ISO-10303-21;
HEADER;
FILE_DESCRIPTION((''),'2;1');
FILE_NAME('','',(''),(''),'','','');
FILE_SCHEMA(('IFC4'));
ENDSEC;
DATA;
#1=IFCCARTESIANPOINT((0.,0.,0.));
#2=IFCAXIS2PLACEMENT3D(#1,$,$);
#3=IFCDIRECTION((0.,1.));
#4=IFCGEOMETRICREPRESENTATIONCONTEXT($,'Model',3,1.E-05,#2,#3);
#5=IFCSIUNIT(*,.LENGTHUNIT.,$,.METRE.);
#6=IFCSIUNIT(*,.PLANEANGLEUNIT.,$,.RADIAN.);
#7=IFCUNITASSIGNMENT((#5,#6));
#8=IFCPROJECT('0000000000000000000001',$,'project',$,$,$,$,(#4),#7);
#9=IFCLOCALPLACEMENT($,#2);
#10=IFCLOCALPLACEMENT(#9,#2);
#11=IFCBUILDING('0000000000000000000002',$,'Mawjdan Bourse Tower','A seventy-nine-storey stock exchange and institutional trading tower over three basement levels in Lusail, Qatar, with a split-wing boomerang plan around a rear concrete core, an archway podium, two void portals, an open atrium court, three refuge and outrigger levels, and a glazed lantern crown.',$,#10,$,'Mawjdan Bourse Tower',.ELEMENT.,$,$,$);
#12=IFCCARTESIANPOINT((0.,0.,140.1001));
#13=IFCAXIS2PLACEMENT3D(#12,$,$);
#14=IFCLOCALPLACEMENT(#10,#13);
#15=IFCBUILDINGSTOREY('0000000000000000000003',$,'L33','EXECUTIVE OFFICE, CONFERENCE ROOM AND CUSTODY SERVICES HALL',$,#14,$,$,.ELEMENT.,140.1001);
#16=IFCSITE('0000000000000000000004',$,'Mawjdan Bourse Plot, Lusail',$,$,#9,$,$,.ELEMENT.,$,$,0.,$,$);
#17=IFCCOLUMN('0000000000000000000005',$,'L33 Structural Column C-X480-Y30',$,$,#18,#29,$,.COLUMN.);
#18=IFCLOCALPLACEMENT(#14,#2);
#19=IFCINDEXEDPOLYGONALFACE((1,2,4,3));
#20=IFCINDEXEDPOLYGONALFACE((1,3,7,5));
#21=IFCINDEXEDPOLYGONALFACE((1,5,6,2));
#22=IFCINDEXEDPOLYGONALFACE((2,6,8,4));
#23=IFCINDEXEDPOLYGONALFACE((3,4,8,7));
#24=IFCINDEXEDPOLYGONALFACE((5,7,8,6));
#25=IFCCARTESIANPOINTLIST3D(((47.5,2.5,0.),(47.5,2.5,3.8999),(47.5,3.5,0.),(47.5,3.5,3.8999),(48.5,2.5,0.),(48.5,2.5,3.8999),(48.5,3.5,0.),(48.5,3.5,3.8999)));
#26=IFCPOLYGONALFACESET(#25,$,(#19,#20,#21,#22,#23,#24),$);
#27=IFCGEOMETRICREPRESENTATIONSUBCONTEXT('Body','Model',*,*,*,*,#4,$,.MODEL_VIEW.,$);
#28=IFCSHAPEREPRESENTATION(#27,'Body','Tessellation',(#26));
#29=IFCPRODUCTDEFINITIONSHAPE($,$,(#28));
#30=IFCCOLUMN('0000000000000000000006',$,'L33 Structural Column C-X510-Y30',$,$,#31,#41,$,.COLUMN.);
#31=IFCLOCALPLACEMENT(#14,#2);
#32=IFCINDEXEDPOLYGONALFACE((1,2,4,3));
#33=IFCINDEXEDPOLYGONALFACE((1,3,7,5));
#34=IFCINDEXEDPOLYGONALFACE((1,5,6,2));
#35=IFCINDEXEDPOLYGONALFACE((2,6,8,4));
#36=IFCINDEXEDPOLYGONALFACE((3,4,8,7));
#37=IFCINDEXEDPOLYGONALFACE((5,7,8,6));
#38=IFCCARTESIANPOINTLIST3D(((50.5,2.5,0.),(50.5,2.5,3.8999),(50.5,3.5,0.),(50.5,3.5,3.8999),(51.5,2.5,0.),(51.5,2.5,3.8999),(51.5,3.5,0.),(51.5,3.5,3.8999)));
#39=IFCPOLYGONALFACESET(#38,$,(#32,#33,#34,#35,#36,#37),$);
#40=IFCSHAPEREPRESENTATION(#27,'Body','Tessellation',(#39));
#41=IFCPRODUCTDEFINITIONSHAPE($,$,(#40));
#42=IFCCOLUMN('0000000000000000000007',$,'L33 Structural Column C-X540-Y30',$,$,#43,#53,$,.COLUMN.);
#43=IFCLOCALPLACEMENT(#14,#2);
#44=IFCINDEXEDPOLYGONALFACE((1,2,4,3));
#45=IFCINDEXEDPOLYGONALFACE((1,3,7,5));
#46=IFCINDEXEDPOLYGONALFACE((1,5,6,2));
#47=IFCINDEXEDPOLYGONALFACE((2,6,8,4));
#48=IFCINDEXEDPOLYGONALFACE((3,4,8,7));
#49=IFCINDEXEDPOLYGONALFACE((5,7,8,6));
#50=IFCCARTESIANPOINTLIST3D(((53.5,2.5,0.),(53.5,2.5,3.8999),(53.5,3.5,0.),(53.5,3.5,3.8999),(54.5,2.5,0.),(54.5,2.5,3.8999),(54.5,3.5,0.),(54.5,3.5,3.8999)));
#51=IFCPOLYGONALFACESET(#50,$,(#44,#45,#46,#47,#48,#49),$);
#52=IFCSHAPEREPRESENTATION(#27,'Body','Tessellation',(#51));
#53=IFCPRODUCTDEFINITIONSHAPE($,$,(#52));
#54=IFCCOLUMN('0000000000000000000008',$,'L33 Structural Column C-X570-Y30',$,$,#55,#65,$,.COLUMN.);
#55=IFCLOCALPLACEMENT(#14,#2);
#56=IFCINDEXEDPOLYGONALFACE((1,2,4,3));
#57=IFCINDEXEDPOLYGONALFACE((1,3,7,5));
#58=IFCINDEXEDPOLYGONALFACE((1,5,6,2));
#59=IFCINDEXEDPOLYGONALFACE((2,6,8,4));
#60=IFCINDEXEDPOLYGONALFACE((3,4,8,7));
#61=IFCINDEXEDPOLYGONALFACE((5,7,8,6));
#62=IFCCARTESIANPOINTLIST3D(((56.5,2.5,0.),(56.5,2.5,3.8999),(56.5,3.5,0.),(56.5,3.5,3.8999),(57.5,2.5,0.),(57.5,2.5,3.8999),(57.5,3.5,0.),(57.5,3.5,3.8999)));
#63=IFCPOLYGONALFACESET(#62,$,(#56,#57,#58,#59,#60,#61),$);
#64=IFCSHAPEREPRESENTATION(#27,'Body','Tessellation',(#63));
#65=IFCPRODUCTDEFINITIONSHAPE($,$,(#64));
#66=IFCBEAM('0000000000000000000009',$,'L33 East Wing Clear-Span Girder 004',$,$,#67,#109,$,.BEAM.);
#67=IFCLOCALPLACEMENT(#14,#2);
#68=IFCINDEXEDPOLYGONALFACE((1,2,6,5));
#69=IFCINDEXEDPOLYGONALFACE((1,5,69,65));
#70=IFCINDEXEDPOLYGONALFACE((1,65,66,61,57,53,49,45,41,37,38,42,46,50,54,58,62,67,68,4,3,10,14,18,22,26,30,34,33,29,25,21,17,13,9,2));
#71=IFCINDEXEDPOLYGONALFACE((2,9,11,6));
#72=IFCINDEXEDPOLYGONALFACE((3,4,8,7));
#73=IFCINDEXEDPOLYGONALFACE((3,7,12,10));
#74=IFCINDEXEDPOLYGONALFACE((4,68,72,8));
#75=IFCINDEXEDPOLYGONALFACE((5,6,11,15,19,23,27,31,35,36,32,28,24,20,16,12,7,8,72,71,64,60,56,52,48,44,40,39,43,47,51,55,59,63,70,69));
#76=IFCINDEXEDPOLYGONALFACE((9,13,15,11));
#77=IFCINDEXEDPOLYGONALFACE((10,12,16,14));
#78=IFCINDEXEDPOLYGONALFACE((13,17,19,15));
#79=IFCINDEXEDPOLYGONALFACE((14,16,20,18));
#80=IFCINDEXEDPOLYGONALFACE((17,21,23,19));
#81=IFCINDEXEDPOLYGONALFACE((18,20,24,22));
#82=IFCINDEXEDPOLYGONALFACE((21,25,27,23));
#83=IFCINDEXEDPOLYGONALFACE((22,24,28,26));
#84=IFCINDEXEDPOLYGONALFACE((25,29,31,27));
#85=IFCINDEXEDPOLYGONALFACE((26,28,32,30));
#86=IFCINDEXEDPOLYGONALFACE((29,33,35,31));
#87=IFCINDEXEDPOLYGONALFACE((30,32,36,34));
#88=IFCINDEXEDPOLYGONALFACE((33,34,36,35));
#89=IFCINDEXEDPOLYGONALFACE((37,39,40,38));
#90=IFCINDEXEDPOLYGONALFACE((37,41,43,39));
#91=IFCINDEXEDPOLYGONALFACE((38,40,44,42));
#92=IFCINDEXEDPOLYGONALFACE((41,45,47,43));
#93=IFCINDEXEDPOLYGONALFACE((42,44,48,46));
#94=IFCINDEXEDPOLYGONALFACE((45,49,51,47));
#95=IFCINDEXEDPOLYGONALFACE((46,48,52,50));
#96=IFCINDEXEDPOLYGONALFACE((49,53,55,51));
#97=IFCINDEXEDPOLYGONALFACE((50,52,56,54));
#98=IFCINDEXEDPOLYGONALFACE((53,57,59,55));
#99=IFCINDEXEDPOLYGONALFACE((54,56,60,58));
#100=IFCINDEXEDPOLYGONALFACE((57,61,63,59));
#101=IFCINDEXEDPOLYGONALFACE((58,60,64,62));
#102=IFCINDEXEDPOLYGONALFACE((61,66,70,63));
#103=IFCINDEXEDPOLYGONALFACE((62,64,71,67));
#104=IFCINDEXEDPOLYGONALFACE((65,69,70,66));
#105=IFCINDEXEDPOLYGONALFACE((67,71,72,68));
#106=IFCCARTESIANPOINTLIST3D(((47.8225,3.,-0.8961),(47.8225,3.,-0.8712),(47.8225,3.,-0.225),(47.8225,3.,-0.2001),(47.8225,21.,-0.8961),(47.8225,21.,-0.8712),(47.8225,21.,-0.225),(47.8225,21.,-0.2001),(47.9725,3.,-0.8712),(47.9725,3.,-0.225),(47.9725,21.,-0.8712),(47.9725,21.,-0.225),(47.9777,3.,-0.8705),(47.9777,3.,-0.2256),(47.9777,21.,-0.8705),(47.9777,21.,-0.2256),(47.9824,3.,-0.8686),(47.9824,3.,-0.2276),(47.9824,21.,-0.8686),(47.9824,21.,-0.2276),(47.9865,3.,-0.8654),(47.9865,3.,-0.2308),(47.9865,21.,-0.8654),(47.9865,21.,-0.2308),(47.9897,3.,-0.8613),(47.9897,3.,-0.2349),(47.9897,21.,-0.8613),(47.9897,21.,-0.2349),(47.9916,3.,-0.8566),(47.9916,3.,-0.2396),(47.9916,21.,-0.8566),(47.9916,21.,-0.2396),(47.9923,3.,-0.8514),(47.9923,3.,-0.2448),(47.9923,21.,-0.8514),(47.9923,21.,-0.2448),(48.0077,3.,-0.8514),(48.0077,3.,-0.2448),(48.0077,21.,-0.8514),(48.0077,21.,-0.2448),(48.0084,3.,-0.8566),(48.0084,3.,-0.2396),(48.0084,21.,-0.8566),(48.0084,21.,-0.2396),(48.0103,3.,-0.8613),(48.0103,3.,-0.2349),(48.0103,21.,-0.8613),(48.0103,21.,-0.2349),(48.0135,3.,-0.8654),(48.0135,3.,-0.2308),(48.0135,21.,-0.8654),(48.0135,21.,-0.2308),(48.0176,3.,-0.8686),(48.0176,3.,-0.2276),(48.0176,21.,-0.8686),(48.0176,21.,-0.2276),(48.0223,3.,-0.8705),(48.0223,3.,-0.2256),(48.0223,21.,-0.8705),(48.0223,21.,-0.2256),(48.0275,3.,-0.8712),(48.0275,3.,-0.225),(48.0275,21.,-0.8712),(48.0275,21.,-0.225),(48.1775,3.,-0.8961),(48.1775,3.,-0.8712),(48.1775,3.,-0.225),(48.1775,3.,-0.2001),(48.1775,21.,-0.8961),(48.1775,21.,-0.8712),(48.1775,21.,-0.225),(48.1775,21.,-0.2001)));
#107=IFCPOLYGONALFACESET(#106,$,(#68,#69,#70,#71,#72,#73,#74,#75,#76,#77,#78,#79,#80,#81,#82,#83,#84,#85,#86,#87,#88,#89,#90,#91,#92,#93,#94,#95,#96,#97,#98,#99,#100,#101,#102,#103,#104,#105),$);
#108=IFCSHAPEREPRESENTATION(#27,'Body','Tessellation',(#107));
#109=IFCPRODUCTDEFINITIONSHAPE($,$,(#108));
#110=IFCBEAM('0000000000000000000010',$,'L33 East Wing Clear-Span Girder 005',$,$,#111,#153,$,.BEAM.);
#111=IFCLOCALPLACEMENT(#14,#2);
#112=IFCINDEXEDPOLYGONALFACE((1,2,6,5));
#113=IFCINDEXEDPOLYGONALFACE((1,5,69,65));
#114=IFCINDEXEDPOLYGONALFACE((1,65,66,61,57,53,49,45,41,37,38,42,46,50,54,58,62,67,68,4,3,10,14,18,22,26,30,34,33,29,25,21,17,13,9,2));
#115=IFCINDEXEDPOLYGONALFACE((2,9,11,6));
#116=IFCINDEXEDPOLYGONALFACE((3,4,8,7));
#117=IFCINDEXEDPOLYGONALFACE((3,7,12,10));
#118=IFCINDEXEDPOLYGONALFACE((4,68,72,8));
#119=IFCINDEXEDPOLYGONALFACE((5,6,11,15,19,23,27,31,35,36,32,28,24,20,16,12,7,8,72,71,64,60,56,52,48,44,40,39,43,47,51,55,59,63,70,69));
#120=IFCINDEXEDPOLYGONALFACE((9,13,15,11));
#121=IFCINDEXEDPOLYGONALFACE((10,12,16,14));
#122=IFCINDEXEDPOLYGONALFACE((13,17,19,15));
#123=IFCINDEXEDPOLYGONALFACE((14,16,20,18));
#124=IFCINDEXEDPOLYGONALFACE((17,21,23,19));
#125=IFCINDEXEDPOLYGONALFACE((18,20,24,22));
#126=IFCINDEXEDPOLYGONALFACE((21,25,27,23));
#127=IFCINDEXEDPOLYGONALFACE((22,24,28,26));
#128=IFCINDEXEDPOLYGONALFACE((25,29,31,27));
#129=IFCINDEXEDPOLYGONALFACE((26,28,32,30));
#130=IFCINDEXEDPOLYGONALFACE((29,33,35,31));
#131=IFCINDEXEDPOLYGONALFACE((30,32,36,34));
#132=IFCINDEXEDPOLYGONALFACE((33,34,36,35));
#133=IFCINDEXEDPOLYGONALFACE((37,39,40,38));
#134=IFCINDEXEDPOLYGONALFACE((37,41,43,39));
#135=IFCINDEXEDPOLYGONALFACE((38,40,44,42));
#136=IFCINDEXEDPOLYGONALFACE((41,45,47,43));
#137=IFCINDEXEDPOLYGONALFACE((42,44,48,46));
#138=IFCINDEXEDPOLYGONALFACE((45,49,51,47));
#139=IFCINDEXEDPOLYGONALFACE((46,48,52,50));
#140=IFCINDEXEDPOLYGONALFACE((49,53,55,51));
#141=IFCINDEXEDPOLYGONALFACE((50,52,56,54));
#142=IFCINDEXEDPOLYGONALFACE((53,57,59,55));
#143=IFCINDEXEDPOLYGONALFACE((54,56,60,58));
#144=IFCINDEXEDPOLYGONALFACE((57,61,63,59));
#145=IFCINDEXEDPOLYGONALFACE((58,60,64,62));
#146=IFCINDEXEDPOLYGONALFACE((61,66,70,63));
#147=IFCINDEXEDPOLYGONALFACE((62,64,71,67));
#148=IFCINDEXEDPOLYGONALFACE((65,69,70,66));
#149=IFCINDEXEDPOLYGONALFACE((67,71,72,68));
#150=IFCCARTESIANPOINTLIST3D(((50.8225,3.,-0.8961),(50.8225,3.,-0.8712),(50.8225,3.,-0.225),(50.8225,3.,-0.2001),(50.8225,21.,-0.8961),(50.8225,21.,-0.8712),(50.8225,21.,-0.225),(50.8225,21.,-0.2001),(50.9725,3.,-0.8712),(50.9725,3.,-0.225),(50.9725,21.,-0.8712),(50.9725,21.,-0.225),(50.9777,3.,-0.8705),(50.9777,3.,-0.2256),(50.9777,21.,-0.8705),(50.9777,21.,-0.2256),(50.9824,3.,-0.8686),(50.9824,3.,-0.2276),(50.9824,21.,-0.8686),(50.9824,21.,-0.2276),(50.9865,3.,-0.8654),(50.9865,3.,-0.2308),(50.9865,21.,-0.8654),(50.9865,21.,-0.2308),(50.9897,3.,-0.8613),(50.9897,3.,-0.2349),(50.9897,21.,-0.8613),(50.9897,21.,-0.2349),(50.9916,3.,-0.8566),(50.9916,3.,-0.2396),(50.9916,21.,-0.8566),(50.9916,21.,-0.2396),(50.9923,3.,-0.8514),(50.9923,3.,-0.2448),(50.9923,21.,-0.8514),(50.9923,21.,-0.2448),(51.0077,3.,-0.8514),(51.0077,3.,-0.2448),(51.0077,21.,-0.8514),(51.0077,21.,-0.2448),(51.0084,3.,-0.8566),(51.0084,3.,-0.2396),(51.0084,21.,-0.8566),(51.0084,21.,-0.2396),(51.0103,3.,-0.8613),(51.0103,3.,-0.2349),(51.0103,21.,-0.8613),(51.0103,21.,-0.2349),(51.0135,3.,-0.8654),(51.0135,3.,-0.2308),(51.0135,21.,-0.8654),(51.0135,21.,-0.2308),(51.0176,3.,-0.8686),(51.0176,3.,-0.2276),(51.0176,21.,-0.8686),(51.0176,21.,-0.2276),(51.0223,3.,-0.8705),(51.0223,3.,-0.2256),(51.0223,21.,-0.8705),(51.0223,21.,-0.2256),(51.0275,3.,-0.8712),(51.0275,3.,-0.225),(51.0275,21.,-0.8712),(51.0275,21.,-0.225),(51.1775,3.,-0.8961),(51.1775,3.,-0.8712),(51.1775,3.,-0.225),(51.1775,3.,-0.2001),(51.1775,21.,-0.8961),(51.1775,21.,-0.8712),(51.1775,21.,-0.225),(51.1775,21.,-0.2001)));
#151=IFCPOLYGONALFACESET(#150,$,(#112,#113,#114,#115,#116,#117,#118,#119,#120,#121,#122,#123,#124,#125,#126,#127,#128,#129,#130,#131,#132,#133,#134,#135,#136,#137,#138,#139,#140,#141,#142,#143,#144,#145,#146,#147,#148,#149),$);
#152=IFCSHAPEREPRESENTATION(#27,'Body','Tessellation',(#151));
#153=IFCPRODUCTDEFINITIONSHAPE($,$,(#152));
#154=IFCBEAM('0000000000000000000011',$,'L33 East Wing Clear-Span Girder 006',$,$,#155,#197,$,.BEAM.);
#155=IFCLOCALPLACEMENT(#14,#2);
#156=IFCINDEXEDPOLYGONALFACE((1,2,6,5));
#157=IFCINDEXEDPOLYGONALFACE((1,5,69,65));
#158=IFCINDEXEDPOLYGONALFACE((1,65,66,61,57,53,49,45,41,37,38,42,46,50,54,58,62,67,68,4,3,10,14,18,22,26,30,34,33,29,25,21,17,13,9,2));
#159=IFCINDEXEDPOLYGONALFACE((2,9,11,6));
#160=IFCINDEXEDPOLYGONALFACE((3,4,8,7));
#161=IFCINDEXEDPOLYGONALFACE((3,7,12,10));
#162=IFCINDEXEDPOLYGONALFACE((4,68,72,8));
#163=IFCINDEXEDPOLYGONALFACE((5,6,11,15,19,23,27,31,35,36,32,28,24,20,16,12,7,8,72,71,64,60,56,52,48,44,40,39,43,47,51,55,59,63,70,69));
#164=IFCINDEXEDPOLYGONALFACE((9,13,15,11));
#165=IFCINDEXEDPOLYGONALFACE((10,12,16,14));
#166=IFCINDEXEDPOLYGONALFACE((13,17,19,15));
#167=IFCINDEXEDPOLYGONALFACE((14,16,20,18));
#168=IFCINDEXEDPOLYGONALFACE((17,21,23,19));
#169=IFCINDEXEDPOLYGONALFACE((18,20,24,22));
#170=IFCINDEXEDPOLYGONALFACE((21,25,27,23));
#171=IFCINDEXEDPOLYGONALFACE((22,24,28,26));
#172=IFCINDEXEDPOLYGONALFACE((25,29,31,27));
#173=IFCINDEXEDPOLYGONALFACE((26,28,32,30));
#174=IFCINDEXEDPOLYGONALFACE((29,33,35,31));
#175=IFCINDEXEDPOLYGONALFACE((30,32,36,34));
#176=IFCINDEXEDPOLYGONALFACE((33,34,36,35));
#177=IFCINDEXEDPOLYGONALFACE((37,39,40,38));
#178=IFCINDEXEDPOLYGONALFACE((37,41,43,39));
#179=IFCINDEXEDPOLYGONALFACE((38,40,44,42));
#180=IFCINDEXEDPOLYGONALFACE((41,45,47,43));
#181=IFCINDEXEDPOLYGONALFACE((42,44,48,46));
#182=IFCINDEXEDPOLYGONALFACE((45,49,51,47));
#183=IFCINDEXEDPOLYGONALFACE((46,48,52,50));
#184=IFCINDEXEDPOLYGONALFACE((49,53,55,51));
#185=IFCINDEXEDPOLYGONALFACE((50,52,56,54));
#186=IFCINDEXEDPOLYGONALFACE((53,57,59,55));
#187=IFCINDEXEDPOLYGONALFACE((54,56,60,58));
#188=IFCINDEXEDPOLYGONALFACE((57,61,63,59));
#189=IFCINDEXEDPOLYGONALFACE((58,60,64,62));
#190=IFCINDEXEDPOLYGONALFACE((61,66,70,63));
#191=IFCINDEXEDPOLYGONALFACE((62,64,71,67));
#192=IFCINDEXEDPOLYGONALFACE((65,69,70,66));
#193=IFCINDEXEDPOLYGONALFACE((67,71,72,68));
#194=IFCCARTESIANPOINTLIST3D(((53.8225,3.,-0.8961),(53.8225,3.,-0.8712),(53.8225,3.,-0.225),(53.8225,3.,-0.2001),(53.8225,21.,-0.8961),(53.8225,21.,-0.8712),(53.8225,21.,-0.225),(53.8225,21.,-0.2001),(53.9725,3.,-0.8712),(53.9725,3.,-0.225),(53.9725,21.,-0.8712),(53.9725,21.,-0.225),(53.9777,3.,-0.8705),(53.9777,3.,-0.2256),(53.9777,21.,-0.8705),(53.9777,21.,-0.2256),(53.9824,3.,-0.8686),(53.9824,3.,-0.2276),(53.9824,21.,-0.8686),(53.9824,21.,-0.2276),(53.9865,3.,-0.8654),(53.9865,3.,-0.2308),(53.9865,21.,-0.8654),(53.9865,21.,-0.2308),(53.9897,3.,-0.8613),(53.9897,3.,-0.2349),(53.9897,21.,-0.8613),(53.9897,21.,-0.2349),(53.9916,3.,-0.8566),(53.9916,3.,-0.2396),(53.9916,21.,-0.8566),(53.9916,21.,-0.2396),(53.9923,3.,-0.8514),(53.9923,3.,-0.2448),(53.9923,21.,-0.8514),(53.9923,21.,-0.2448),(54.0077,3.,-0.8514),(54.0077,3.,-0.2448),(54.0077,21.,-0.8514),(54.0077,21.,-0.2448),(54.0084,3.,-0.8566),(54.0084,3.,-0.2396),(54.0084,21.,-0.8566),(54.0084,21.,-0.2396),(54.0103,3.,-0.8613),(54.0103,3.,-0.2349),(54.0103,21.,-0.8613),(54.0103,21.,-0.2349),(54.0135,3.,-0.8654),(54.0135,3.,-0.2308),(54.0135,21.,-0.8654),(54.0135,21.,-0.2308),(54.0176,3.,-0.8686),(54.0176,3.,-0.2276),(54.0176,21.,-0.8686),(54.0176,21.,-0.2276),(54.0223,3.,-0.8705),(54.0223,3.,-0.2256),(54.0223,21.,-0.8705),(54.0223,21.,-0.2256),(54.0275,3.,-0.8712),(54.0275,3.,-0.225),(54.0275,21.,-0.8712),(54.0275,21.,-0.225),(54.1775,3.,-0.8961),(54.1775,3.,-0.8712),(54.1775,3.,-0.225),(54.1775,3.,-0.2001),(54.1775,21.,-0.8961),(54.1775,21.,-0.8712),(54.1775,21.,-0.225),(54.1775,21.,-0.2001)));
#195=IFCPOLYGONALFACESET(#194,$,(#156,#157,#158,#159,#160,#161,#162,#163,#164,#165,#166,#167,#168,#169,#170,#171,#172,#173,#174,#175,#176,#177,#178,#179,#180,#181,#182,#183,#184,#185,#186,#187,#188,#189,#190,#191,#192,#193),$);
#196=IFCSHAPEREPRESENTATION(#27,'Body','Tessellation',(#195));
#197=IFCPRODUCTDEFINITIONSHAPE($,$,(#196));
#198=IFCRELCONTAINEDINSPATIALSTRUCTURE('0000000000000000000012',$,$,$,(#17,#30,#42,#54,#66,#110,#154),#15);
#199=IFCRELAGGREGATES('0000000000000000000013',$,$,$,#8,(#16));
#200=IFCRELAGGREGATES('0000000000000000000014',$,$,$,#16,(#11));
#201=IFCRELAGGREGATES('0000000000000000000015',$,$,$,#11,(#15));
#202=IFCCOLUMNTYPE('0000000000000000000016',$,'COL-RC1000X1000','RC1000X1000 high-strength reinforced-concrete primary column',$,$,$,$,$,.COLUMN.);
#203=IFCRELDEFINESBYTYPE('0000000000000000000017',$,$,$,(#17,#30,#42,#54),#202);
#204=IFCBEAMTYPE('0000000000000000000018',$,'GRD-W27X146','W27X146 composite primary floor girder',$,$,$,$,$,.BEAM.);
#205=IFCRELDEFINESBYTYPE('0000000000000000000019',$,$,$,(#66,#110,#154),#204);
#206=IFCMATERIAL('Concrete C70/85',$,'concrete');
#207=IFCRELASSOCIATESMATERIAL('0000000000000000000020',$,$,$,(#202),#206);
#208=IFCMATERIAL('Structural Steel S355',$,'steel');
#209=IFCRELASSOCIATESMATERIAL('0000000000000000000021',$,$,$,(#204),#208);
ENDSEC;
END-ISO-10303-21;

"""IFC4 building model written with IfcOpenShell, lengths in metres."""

from ifc_helpers import new_model, si_unit, direction, frame, origin, origin_2d, place, context, subcontext, project, spatial, rectangle, i_section, extrude, material, material_profile, profile_set, type_object, element, save


model = new_model("IFC4")

# Units and contexts
model_context = context("Model", 3, precision=1e-05, world=origin(), true_north=direction((0.0, 1.0)))
body_context = subcontext(model_context, "Body", "Model", "MODEL_VIEW")
ifc_project = project(units=[si_unit("LENGTHUNIT", "METRE"), si_unit("PLANEANGLEUNIT", "RADIAN")], contexts=[model_context])

# Site, building, storey
site_placement = place(None, origin())
site = spatial("IfcSite", under=ifc_project, at=site_placement, Name="Mawjdan Bourse Plot, Lusail", CompositionType="ELEMENT", RefElevation=0.0)
building_placement = place(site_placement, origin())
building = spatial("IfcBuilding", under=site, at=building_placement, Name="Mawjdan Bourse Tower", Description="A seventy-nine-storey stock exchange and institutional trading tower over three basement levels in Lusail, Qatar, with a split-wing boomerang plan around a rear concrete core, an archway podium, two void portals, an open atrium court, three refuge and outrigger levels, and a glazed lantern crown.", LongName="Mawjdan Bourse Tower", CompositionType="ELEMENT")
storey_placement = place(building_placement, frame((0.0, 0.0, 140.1001)))
storey = spatial("IfcBuildingStorey", under=building, at=storey_placement, Name="L33", Description="EXECUTIVE OFFICE, CONFERENCE ROOM AND CUSTODY SERVICES HALL", CompositionType="ELEMENT", Elevation=140.1001)

# Columns
ifc_material_1 = material(Name="Concrete C70/85", Category="concrete")
ifc_material_profile_1 = material_profile(ifc_material_1, rectangle(XDim=1.0, YDim=1.0, at=origin_2d()), Name="RC1000X1000")
ifc_profile_set_1 = profile_set([ifc_material_profile_1], Name="Concrete C70/85")
column_type = type_object("IfcColumnType", Name="COL-RC1000X1000", Description="RC1000X1000 high-strength reinforced-concrete primary column", PredefinedType="COLUMN", material=ifc_profile_set_1)
for number, where, z_axis, x_axis, name in (
    (1, (48.0, 3.0, 0.0), (0.0, 0.0, 1.0), (1.0, 0.0, 0.0), "L33 Structural Column C-X480-Y30"),
    (2, (51.0, 3.0, 0.0), (0.0, 0.0, 1.0), (1.0, 0.0, 0.0), "L33 Structural Column C-X510-Y30"),
    (3, (54.0, 3.0, 0.0), (0.0, 0.0, 1.0), (1.0, 0.0, 0.0), "L33 Structural Column C-X540-Y30"),
    (4, (57.0, 3.0, 0.0), (0.0, 0.0, 1.0), (1.0, 0.0, 0.0), "L33 Structural Column C-X570-Y30"),
):
    element("IfcColumn", number, at=place(storey_placement, frame(where, z_axis=z_axis, x_axis=x_axis)), inside=storey, type_object=column_type, Name=name, PredefinedType="COLUMN", context=body_context, shape_type="SweptSolid", body=[
        extrude(rectangle(XDim=1.0, YDim=1.0, at=origin_2d()), origin(), (0.0, 0.0, 1.0), 3.8999),
    ])

# Beams
ifc_material_2 = material(Name="Structural Steel S355", Category="steel")
ifc_material_profile_2 = material_profile(ifc_material_2, i_section(OverallWidth=0.355, OverallDepth=0.696, WebThickness=0.0154, FlangeThickness=0.0249, FilletRadius=0.0198, at=origin_2d()), Name="W27X146")
ifc_profile_set_2 = profile_set([ifc_material_profile_2], Name="Structural Steel S355")
beam_type_1 = type_object("IfcBeamType", Name="GRD-W27X146", Description="W27X146 composite primary floor girder", PredefinedType="BEAM", material=ifc_profile_set_2)
for number, where, z_axis, x_axis, name in (
    (5, (48.0, 3.0, -0.5481), (0.0, 1.0, 0.0), (-1.0, 0.0, 0.0), "L33 East Wing Clear-Span Girder 004"),
    (6, (51.0, 3.0, -0.5481), (0.0, 1.0, 0.0), (-1.0, 0.0, 0.0), "L33 East Wing Clear-Span Girder 005"),
    (7, (54.0, 3.0, -0.5481), (0.0, 1.0, 0.0), (-1.0, 0.0, 0.0), "L33 East Wing Clear-Span Girder 006"),
):
    element("IfcBeam", number, at=place(storey_placement, frame(where, z_axis=z_axis, x_axis=x_axis)), inside=storey, type_object=beam_type_1, Name=name, PredefinedType="BEAM", context=body_context, shape_type="SweptSolid", body=[
        extrude(i_section(OverallWidth=0.355, OverallDepth=0.696, WebThickness=0.0154, FlangeThickness=0.0249, FilletRadius=0.0198, at=origin_2d()), origin(), (0.0, 0.0, 1.0), 18.0),
    ])

save(model, "model.ifc")
